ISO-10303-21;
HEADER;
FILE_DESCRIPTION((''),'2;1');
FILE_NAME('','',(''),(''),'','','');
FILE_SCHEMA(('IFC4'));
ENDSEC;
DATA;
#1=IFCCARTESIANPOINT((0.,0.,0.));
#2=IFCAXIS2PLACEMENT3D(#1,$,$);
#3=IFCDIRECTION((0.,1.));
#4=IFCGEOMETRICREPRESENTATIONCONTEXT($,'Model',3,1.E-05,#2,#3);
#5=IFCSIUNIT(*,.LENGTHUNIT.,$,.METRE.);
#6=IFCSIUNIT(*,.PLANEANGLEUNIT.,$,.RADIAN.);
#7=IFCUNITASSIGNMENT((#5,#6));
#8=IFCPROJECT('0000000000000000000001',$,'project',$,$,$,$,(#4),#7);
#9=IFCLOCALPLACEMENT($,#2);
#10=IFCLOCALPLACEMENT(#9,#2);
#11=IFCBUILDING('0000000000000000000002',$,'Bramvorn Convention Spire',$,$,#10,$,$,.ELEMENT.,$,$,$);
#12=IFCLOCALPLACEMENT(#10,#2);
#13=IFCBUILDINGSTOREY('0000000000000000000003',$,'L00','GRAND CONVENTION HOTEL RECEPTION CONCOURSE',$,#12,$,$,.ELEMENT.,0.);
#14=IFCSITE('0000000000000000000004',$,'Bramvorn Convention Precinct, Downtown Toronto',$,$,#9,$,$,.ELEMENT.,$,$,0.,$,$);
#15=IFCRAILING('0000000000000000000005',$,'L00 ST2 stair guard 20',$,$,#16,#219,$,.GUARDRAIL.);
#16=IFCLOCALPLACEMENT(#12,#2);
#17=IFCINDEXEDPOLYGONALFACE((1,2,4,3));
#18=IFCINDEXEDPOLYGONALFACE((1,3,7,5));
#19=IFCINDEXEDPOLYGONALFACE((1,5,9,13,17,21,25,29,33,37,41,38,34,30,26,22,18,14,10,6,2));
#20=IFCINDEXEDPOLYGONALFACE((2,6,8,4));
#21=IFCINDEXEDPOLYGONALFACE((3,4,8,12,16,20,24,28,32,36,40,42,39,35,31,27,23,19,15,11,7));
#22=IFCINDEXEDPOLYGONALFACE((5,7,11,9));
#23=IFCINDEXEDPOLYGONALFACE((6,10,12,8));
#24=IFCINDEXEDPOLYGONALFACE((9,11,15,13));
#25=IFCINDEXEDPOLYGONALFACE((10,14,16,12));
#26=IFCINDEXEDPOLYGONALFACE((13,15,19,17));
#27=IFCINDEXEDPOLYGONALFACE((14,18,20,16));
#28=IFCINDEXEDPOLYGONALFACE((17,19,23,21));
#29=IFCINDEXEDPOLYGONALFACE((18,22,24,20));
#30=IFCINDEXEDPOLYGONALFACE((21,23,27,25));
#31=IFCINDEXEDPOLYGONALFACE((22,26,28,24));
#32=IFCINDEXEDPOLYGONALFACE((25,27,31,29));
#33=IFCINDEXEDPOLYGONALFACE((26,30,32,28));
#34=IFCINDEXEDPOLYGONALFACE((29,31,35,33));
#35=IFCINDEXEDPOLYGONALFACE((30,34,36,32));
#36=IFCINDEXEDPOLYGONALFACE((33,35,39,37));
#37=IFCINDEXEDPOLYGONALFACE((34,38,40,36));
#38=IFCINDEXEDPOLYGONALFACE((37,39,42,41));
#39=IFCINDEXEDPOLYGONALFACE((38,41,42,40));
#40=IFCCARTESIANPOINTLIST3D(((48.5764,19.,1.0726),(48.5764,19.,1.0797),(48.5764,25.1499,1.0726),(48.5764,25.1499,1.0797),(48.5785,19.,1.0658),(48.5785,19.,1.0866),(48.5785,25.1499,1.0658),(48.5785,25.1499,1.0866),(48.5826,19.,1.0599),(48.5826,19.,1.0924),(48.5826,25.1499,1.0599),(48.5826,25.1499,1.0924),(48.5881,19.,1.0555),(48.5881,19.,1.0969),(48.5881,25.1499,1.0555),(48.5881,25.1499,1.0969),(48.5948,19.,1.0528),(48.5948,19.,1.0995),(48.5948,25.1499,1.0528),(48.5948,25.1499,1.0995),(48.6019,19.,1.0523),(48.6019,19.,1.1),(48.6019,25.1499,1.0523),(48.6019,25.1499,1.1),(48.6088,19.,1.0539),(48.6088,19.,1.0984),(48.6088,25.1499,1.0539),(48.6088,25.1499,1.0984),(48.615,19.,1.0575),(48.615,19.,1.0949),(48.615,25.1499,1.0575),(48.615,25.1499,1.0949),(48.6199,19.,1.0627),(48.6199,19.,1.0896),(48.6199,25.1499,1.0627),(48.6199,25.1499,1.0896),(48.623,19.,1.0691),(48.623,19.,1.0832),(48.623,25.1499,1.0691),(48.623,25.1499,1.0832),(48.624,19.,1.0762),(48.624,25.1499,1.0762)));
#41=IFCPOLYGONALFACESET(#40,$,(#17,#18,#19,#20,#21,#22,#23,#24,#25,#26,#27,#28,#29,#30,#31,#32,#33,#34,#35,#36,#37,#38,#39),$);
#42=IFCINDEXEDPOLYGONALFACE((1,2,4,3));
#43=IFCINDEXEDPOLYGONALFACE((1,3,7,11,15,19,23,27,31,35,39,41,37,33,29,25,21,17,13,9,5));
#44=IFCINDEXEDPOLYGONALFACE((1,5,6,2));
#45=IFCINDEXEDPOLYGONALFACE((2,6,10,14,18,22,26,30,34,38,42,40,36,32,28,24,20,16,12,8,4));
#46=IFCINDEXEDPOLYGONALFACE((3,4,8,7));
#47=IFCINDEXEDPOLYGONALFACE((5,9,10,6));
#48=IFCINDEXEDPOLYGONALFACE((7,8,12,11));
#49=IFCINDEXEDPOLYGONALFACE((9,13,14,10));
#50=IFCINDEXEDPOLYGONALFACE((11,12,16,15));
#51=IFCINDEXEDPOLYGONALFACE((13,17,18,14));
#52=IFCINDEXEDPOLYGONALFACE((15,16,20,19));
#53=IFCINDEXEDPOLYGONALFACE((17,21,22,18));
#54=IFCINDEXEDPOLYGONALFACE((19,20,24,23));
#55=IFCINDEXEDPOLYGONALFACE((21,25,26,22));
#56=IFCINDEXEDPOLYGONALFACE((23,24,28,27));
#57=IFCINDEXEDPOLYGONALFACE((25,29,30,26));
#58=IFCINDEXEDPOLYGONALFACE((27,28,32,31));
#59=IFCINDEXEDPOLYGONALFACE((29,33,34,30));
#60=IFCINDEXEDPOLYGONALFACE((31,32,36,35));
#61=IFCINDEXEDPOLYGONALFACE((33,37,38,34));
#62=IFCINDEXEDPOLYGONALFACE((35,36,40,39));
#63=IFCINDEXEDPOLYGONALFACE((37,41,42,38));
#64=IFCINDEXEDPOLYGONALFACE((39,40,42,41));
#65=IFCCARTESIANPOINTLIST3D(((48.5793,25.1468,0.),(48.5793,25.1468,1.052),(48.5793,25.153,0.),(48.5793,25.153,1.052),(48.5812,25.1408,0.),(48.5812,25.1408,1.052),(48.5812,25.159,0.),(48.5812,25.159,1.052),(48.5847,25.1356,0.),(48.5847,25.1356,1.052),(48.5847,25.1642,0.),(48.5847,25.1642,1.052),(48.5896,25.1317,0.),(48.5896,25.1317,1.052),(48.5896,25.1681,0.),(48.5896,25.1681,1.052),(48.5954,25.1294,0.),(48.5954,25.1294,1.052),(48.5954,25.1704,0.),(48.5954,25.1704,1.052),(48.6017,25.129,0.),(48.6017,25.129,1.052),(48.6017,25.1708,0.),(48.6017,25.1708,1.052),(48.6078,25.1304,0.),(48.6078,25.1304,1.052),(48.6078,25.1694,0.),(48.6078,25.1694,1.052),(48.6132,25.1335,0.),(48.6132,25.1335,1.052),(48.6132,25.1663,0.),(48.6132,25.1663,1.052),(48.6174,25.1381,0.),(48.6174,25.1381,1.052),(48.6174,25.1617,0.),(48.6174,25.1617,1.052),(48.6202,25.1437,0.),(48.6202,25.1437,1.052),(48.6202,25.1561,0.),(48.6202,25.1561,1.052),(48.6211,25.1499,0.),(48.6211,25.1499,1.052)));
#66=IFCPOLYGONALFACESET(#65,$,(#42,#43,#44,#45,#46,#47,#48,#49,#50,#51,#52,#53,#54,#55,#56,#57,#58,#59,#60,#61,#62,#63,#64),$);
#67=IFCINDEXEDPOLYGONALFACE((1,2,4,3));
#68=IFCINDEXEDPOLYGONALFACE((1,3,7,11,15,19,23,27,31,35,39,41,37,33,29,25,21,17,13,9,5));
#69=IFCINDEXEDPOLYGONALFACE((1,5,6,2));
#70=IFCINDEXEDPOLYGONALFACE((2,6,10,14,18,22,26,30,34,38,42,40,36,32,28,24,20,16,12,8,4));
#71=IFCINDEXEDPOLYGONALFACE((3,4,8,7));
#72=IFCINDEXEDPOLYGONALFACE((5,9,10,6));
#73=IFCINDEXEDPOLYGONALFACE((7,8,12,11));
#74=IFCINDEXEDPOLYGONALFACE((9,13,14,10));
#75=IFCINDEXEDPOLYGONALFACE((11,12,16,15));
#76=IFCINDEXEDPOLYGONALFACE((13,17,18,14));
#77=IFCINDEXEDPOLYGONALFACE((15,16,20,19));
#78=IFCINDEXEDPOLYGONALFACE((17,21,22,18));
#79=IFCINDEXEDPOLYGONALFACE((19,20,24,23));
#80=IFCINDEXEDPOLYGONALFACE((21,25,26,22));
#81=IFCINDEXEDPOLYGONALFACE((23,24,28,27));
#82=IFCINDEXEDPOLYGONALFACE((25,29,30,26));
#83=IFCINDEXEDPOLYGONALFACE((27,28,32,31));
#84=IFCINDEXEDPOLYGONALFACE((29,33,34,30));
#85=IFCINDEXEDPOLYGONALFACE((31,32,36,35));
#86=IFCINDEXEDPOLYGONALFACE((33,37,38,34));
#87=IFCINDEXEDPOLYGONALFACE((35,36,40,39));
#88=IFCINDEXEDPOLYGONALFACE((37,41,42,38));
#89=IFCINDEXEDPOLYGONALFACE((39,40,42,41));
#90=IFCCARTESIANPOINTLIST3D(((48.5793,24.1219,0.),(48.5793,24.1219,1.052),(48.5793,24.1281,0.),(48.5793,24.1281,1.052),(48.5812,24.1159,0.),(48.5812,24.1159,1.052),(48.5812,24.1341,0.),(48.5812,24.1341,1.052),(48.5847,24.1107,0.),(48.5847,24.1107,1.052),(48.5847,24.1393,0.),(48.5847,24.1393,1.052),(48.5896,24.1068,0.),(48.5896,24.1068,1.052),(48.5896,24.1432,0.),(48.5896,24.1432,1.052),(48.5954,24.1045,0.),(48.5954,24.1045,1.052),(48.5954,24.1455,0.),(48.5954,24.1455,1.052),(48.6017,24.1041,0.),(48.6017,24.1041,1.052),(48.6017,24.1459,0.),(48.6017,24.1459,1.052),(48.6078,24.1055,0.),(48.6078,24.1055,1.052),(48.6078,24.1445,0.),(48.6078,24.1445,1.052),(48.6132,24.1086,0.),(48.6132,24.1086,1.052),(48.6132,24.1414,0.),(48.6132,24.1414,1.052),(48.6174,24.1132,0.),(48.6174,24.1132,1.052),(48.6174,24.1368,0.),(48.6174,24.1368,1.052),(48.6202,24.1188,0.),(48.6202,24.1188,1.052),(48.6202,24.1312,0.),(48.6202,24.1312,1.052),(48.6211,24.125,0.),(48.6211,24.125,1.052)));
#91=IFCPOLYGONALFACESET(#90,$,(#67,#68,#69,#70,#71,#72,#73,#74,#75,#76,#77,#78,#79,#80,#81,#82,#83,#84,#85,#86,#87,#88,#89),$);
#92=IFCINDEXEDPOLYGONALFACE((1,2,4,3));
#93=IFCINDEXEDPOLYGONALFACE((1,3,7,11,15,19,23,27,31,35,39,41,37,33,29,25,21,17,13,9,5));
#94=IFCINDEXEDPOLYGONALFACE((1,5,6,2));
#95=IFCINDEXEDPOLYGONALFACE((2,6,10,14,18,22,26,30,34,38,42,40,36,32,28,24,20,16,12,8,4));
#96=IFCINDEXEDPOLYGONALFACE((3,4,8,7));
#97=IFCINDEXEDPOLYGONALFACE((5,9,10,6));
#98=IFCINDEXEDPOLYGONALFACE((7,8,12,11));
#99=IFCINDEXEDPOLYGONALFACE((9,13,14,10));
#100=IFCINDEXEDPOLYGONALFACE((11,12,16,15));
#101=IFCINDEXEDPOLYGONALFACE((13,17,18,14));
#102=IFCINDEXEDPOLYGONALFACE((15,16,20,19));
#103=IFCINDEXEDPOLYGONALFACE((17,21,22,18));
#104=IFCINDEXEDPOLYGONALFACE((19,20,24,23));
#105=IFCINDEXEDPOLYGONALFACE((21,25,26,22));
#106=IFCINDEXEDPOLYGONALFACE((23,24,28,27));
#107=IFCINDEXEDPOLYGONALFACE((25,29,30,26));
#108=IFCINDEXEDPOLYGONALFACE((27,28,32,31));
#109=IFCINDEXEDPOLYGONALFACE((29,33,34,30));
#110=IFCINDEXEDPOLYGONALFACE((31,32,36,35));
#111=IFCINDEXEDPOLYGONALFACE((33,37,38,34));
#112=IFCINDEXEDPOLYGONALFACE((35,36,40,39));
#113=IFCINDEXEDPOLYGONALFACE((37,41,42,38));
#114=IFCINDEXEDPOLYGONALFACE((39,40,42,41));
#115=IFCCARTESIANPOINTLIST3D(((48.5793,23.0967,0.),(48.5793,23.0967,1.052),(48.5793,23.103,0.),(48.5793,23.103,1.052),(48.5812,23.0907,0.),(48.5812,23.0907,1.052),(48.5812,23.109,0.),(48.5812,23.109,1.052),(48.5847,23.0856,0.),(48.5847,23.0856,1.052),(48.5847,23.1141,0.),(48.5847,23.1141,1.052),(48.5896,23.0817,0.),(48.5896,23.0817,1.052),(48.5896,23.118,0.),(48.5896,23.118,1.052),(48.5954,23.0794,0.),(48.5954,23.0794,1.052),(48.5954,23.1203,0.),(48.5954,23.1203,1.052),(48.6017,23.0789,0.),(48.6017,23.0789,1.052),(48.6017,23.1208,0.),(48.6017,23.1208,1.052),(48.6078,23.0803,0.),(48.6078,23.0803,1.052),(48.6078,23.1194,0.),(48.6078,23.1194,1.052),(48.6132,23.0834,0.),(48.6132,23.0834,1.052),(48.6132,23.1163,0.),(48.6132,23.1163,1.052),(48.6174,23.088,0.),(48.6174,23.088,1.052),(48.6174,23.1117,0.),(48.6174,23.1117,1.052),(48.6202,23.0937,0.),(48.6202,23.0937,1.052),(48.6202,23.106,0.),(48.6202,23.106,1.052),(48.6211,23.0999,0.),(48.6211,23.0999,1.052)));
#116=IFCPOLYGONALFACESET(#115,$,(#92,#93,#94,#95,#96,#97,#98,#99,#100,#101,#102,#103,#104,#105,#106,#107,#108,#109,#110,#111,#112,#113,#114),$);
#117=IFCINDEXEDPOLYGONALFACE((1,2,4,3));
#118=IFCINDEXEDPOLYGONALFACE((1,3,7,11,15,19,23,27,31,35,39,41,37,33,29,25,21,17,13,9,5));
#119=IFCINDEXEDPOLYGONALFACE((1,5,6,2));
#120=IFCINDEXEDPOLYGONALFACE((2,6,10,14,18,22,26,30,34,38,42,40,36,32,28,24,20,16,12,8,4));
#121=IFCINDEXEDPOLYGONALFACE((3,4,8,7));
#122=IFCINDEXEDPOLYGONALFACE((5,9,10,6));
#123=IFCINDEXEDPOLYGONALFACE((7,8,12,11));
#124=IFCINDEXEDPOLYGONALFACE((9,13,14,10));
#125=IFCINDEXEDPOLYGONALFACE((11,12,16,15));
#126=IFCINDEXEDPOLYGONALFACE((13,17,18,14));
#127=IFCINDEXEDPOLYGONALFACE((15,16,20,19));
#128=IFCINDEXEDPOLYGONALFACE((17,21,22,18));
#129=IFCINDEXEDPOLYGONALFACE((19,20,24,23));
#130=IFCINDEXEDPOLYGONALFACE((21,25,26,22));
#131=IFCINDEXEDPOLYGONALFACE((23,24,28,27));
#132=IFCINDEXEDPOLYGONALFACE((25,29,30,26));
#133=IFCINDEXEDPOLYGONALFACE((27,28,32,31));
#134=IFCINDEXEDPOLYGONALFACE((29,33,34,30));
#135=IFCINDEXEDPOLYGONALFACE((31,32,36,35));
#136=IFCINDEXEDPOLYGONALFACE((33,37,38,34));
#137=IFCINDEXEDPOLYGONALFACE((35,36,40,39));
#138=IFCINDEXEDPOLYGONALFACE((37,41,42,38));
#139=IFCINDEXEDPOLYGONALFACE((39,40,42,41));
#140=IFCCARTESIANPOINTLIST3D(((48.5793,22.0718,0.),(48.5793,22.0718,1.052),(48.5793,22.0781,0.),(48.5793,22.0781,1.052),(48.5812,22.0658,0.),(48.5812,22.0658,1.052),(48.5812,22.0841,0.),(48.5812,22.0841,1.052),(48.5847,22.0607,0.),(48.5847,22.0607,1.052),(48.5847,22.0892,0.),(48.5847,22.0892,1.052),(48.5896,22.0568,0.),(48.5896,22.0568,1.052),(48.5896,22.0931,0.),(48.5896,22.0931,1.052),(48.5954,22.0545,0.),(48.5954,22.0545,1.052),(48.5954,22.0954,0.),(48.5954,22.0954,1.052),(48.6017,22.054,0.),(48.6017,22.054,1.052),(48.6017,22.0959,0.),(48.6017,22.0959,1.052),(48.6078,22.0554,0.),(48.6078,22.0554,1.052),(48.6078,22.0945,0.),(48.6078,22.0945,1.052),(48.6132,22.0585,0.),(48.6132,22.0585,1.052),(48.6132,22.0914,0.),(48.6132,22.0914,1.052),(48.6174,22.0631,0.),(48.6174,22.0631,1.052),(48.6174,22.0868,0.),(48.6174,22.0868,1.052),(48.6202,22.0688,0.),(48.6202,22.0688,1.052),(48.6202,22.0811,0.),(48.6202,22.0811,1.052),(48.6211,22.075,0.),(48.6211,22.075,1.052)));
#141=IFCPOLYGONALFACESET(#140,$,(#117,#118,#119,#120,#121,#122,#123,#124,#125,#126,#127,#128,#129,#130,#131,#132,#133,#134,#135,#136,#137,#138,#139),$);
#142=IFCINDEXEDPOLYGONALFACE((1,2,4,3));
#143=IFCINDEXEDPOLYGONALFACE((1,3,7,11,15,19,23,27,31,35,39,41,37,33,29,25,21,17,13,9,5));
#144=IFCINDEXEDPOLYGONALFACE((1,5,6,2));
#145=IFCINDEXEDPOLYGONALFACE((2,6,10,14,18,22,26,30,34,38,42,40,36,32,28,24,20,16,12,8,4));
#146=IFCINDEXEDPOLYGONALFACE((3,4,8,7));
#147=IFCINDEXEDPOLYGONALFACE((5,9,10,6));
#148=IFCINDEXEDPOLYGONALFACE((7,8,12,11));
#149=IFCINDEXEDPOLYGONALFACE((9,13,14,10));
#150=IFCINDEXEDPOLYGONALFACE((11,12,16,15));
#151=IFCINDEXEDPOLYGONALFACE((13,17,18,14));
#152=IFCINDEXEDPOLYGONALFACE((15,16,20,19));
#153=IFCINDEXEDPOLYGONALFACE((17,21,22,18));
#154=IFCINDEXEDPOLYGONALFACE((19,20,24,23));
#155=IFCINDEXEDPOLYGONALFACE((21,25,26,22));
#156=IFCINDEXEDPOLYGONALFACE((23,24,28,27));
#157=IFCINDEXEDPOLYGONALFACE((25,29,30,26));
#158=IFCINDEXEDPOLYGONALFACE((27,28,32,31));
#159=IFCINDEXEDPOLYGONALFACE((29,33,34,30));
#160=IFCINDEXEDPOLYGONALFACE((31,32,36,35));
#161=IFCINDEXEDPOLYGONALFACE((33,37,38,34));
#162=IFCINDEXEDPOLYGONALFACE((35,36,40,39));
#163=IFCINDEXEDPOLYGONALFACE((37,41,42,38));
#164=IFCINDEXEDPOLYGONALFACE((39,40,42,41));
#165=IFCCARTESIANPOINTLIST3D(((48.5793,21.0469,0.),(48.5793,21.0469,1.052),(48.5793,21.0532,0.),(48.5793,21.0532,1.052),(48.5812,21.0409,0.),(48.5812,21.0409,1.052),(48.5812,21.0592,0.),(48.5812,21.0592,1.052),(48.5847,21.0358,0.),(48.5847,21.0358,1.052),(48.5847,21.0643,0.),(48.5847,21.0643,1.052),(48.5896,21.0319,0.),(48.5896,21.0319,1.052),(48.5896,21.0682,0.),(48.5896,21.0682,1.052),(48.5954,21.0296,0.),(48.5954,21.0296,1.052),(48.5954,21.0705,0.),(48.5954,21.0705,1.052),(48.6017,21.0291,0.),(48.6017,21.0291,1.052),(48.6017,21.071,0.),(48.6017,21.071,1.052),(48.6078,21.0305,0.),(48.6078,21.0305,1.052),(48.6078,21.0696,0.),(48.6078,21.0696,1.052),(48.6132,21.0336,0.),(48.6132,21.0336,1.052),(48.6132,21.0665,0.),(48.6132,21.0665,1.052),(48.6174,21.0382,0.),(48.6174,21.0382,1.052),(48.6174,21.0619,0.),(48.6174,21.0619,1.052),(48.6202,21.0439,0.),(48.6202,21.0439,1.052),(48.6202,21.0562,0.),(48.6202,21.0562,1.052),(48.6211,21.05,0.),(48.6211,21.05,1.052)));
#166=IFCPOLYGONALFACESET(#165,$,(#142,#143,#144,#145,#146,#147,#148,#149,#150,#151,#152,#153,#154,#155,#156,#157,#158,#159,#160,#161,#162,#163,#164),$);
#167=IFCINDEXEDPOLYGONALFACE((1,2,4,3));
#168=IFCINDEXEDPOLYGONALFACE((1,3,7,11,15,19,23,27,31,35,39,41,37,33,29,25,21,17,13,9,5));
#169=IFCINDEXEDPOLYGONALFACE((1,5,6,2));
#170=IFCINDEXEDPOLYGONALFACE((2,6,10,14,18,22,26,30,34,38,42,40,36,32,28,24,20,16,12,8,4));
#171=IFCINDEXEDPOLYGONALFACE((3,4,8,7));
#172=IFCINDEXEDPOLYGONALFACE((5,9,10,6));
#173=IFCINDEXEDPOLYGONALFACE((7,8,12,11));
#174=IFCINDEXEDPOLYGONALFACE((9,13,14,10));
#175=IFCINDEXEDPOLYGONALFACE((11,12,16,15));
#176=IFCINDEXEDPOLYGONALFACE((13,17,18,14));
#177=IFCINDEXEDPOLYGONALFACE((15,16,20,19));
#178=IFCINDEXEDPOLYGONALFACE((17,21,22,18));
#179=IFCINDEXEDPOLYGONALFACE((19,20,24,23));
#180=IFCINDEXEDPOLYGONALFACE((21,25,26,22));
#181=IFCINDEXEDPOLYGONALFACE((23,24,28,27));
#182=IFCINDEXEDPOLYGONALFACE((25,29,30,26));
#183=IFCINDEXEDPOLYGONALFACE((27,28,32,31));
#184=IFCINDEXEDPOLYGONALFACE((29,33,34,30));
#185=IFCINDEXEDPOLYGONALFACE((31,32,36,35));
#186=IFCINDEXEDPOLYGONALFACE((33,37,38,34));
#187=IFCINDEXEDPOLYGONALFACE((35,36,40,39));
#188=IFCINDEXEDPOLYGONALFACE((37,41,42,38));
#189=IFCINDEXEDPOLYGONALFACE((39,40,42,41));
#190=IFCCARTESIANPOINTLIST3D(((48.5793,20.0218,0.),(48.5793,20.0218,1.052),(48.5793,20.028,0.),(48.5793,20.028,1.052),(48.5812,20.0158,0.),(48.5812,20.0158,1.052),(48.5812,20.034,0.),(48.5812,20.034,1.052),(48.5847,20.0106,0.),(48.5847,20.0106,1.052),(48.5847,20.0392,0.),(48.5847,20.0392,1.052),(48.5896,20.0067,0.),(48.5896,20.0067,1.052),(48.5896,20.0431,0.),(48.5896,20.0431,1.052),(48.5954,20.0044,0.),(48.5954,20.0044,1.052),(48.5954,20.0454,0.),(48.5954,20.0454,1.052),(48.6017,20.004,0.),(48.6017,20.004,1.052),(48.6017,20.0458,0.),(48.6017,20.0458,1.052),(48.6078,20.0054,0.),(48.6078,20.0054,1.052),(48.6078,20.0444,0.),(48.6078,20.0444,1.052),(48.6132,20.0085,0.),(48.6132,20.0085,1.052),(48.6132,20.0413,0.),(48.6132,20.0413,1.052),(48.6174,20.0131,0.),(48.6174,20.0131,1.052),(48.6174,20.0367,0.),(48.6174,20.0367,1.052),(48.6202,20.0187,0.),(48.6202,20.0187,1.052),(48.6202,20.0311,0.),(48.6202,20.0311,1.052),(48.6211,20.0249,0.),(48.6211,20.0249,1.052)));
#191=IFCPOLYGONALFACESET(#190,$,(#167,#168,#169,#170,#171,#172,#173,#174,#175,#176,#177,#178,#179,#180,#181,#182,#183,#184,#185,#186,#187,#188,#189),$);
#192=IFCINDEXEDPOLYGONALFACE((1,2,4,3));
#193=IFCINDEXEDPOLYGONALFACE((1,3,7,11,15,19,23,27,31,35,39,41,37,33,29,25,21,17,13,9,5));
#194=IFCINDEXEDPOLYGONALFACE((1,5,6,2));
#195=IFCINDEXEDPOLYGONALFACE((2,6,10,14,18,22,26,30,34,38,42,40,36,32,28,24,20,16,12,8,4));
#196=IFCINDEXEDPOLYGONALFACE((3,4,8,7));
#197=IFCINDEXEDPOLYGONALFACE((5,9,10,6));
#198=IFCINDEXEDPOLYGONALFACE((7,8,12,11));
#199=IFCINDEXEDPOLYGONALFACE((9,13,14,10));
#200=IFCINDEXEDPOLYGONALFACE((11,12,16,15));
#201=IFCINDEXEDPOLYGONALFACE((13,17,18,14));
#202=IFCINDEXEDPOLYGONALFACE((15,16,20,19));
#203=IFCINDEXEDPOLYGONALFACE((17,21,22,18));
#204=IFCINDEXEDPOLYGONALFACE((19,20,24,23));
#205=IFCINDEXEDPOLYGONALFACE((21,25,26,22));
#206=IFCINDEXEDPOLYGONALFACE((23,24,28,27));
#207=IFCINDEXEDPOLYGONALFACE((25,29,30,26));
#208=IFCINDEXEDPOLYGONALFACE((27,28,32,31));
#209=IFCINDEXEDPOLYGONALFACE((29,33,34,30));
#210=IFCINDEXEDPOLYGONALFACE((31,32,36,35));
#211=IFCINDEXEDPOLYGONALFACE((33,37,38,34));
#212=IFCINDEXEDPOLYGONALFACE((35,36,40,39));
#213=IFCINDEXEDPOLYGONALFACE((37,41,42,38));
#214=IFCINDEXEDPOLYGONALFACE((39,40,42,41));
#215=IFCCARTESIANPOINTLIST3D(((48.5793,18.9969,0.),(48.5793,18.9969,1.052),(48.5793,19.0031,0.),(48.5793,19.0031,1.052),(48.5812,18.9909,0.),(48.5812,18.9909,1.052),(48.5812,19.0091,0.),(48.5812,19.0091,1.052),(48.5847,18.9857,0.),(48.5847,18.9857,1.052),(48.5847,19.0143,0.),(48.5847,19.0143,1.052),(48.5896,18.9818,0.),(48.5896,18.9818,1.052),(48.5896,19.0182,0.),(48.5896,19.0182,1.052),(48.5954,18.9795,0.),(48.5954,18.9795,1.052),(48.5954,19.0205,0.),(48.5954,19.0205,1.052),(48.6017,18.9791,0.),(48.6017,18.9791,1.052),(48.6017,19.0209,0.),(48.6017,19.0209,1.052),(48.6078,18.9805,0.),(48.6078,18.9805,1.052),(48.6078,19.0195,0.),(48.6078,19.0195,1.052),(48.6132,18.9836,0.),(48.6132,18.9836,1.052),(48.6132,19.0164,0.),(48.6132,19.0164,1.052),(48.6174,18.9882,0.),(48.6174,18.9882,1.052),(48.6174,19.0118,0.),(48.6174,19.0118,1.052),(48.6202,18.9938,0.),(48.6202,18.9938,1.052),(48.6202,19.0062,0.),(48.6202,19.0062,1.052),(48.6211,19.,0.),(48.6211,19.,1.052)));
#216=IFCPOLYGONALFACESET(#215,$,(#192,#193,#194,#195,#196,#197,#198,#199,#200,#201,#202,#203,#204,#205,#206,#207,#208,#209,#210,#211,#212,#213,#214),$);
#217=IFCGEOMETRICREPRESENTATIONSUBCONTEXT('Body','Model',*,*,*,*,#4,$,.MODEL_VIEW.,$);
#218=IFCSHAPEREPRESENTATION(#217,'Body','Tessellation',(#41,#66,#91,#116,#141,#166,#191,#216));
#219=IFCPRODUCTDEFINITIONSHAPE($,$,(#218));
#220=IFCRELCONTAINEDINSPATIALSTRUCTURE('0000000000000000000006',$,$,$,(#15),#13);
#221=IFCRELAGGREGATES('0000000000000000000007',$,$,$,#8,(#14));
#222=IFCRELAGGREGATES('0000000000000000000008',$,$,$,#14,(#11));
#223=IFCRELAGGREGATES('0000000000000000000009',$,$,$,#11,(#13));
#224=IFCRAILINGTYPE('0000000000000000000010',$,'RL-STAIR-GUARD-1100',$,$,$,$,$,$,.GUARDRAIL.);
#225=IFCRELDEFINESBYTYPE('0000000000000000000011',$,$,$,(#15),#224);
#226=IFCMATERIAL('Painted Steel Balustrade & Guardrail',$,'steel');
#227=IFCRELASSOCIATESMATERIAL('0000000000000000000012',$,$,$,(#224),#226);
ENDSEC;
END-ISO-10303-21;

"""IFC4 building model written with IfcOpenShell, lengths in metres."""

from ifc_helpers import new_model, si_unit, direction, frame, origin, origin_2d, place, context, subcontext, project, spatial, circle, extrude, material, type_object, element, save


model = new_model("IFC4")

# Units and contexts
model_context = context("Model", 3, precision=1e-05, world=origin(), true_north=direction((0.0, 1.0)))
body_context = subcontext(model_context, "Body", "Model", "MODEL_VIEW")
ifc_project = project(units=[si_unit("LENGTHUNIT", "METRE"), si_unit("PLANEANGLEUNIT", "RADIAN")], contexts=[model_context])

# Site, building, storey
site_placement = place(None, origin())
site = spatial("IfcSite", under=ifc_project, at=site_placement, Name="Bramvorn Convention Precinct, Downtown Toronto", CompositionType="ELEMENT", RefElevation=0.0)
building_placement = place(site_placement, origin())
building = spatial("IfcBuilding", under=site, at=building_placement, Name="Bramvorn Convention Spire", CompositionType="ELEMENT")
storey_placement = place(building_placement, origin())
storey = spatial("IfcBuildingStorey", under=building, at=storey_placement, Name="L00", Description="GRAND CONVENTION HOTEL RECEPTION CONCOURSE", CompositionType="ELEMENT", Elevation=0.0)

# Railing
ifc_material_1 = material(Name="Painted Steel Balustrade & Guardrail", Category="steel")
railing_type_1 = type_object("IfcRailingType", Name="RL-STAIR-GUARD-1100", PredefinedType="GUARDRAIL", material=ifc_material_1)
railing_1_placement = place(storey_placement, frame((48.6001, 25.1499, 0.0)))
element("IfcRailing", 1, at=railing_1_placement, inside=storey, type_object=railing_type_1, Name="L00 ST2 stair guard 20", PredefinedType="GUARDRAIL", context=body_context, shape_type="SweptSolid", body=[
    extrude(circle(Radius=0.0239, at=origin_2d()), frame((0.0, 0.0, 1.0762), z_axis=(0.0, -1.0, 0.0), x_axis=(1.0, 0.0, 0.0)), (0.0, 0.0, 1.0), 6.1499),
    extrude(circle(Radius=0.021, at=origin_2d()), origin(), (0.0, 0.0, 1.0), 1.052),
    extrude(circle(Radius=0.021, at=origin_2d()), frame((0.0, -1.0249, 0.0)), (0.0, 0.0, 1.0), 1.052),
    extrude(circle(Radius=0.021, at=origin_2d()), frame((0.0, -2.05, 0.0)), (0.0, 0.0, 1.0), 1.052),
    extrude(circle(Radius=0.021, at=origin_2d()), frame((0.0, -3.075, 0.0)), (0.0, 0.0, 1.0), 1.052),
    extrude(circle(Radius=0.021, at=origin_2d()), frame((0.0, -4.0999, 0.0)), (0.0, 0.0, 1.0), 1.052),
    extrude(circle(Radius=0.021, at=origin_2d()), frame((0.0, -5.125, 0.0)), (0.0, 0.0, 1.0), 1.052),
    extrude(circle(Radius=0.021, at=origin_2d()), frame((0.0, -6.1499, 0.0)), (0.0, 0.0, 1.0), 1.052),
])

save(model, "model.ifc")
